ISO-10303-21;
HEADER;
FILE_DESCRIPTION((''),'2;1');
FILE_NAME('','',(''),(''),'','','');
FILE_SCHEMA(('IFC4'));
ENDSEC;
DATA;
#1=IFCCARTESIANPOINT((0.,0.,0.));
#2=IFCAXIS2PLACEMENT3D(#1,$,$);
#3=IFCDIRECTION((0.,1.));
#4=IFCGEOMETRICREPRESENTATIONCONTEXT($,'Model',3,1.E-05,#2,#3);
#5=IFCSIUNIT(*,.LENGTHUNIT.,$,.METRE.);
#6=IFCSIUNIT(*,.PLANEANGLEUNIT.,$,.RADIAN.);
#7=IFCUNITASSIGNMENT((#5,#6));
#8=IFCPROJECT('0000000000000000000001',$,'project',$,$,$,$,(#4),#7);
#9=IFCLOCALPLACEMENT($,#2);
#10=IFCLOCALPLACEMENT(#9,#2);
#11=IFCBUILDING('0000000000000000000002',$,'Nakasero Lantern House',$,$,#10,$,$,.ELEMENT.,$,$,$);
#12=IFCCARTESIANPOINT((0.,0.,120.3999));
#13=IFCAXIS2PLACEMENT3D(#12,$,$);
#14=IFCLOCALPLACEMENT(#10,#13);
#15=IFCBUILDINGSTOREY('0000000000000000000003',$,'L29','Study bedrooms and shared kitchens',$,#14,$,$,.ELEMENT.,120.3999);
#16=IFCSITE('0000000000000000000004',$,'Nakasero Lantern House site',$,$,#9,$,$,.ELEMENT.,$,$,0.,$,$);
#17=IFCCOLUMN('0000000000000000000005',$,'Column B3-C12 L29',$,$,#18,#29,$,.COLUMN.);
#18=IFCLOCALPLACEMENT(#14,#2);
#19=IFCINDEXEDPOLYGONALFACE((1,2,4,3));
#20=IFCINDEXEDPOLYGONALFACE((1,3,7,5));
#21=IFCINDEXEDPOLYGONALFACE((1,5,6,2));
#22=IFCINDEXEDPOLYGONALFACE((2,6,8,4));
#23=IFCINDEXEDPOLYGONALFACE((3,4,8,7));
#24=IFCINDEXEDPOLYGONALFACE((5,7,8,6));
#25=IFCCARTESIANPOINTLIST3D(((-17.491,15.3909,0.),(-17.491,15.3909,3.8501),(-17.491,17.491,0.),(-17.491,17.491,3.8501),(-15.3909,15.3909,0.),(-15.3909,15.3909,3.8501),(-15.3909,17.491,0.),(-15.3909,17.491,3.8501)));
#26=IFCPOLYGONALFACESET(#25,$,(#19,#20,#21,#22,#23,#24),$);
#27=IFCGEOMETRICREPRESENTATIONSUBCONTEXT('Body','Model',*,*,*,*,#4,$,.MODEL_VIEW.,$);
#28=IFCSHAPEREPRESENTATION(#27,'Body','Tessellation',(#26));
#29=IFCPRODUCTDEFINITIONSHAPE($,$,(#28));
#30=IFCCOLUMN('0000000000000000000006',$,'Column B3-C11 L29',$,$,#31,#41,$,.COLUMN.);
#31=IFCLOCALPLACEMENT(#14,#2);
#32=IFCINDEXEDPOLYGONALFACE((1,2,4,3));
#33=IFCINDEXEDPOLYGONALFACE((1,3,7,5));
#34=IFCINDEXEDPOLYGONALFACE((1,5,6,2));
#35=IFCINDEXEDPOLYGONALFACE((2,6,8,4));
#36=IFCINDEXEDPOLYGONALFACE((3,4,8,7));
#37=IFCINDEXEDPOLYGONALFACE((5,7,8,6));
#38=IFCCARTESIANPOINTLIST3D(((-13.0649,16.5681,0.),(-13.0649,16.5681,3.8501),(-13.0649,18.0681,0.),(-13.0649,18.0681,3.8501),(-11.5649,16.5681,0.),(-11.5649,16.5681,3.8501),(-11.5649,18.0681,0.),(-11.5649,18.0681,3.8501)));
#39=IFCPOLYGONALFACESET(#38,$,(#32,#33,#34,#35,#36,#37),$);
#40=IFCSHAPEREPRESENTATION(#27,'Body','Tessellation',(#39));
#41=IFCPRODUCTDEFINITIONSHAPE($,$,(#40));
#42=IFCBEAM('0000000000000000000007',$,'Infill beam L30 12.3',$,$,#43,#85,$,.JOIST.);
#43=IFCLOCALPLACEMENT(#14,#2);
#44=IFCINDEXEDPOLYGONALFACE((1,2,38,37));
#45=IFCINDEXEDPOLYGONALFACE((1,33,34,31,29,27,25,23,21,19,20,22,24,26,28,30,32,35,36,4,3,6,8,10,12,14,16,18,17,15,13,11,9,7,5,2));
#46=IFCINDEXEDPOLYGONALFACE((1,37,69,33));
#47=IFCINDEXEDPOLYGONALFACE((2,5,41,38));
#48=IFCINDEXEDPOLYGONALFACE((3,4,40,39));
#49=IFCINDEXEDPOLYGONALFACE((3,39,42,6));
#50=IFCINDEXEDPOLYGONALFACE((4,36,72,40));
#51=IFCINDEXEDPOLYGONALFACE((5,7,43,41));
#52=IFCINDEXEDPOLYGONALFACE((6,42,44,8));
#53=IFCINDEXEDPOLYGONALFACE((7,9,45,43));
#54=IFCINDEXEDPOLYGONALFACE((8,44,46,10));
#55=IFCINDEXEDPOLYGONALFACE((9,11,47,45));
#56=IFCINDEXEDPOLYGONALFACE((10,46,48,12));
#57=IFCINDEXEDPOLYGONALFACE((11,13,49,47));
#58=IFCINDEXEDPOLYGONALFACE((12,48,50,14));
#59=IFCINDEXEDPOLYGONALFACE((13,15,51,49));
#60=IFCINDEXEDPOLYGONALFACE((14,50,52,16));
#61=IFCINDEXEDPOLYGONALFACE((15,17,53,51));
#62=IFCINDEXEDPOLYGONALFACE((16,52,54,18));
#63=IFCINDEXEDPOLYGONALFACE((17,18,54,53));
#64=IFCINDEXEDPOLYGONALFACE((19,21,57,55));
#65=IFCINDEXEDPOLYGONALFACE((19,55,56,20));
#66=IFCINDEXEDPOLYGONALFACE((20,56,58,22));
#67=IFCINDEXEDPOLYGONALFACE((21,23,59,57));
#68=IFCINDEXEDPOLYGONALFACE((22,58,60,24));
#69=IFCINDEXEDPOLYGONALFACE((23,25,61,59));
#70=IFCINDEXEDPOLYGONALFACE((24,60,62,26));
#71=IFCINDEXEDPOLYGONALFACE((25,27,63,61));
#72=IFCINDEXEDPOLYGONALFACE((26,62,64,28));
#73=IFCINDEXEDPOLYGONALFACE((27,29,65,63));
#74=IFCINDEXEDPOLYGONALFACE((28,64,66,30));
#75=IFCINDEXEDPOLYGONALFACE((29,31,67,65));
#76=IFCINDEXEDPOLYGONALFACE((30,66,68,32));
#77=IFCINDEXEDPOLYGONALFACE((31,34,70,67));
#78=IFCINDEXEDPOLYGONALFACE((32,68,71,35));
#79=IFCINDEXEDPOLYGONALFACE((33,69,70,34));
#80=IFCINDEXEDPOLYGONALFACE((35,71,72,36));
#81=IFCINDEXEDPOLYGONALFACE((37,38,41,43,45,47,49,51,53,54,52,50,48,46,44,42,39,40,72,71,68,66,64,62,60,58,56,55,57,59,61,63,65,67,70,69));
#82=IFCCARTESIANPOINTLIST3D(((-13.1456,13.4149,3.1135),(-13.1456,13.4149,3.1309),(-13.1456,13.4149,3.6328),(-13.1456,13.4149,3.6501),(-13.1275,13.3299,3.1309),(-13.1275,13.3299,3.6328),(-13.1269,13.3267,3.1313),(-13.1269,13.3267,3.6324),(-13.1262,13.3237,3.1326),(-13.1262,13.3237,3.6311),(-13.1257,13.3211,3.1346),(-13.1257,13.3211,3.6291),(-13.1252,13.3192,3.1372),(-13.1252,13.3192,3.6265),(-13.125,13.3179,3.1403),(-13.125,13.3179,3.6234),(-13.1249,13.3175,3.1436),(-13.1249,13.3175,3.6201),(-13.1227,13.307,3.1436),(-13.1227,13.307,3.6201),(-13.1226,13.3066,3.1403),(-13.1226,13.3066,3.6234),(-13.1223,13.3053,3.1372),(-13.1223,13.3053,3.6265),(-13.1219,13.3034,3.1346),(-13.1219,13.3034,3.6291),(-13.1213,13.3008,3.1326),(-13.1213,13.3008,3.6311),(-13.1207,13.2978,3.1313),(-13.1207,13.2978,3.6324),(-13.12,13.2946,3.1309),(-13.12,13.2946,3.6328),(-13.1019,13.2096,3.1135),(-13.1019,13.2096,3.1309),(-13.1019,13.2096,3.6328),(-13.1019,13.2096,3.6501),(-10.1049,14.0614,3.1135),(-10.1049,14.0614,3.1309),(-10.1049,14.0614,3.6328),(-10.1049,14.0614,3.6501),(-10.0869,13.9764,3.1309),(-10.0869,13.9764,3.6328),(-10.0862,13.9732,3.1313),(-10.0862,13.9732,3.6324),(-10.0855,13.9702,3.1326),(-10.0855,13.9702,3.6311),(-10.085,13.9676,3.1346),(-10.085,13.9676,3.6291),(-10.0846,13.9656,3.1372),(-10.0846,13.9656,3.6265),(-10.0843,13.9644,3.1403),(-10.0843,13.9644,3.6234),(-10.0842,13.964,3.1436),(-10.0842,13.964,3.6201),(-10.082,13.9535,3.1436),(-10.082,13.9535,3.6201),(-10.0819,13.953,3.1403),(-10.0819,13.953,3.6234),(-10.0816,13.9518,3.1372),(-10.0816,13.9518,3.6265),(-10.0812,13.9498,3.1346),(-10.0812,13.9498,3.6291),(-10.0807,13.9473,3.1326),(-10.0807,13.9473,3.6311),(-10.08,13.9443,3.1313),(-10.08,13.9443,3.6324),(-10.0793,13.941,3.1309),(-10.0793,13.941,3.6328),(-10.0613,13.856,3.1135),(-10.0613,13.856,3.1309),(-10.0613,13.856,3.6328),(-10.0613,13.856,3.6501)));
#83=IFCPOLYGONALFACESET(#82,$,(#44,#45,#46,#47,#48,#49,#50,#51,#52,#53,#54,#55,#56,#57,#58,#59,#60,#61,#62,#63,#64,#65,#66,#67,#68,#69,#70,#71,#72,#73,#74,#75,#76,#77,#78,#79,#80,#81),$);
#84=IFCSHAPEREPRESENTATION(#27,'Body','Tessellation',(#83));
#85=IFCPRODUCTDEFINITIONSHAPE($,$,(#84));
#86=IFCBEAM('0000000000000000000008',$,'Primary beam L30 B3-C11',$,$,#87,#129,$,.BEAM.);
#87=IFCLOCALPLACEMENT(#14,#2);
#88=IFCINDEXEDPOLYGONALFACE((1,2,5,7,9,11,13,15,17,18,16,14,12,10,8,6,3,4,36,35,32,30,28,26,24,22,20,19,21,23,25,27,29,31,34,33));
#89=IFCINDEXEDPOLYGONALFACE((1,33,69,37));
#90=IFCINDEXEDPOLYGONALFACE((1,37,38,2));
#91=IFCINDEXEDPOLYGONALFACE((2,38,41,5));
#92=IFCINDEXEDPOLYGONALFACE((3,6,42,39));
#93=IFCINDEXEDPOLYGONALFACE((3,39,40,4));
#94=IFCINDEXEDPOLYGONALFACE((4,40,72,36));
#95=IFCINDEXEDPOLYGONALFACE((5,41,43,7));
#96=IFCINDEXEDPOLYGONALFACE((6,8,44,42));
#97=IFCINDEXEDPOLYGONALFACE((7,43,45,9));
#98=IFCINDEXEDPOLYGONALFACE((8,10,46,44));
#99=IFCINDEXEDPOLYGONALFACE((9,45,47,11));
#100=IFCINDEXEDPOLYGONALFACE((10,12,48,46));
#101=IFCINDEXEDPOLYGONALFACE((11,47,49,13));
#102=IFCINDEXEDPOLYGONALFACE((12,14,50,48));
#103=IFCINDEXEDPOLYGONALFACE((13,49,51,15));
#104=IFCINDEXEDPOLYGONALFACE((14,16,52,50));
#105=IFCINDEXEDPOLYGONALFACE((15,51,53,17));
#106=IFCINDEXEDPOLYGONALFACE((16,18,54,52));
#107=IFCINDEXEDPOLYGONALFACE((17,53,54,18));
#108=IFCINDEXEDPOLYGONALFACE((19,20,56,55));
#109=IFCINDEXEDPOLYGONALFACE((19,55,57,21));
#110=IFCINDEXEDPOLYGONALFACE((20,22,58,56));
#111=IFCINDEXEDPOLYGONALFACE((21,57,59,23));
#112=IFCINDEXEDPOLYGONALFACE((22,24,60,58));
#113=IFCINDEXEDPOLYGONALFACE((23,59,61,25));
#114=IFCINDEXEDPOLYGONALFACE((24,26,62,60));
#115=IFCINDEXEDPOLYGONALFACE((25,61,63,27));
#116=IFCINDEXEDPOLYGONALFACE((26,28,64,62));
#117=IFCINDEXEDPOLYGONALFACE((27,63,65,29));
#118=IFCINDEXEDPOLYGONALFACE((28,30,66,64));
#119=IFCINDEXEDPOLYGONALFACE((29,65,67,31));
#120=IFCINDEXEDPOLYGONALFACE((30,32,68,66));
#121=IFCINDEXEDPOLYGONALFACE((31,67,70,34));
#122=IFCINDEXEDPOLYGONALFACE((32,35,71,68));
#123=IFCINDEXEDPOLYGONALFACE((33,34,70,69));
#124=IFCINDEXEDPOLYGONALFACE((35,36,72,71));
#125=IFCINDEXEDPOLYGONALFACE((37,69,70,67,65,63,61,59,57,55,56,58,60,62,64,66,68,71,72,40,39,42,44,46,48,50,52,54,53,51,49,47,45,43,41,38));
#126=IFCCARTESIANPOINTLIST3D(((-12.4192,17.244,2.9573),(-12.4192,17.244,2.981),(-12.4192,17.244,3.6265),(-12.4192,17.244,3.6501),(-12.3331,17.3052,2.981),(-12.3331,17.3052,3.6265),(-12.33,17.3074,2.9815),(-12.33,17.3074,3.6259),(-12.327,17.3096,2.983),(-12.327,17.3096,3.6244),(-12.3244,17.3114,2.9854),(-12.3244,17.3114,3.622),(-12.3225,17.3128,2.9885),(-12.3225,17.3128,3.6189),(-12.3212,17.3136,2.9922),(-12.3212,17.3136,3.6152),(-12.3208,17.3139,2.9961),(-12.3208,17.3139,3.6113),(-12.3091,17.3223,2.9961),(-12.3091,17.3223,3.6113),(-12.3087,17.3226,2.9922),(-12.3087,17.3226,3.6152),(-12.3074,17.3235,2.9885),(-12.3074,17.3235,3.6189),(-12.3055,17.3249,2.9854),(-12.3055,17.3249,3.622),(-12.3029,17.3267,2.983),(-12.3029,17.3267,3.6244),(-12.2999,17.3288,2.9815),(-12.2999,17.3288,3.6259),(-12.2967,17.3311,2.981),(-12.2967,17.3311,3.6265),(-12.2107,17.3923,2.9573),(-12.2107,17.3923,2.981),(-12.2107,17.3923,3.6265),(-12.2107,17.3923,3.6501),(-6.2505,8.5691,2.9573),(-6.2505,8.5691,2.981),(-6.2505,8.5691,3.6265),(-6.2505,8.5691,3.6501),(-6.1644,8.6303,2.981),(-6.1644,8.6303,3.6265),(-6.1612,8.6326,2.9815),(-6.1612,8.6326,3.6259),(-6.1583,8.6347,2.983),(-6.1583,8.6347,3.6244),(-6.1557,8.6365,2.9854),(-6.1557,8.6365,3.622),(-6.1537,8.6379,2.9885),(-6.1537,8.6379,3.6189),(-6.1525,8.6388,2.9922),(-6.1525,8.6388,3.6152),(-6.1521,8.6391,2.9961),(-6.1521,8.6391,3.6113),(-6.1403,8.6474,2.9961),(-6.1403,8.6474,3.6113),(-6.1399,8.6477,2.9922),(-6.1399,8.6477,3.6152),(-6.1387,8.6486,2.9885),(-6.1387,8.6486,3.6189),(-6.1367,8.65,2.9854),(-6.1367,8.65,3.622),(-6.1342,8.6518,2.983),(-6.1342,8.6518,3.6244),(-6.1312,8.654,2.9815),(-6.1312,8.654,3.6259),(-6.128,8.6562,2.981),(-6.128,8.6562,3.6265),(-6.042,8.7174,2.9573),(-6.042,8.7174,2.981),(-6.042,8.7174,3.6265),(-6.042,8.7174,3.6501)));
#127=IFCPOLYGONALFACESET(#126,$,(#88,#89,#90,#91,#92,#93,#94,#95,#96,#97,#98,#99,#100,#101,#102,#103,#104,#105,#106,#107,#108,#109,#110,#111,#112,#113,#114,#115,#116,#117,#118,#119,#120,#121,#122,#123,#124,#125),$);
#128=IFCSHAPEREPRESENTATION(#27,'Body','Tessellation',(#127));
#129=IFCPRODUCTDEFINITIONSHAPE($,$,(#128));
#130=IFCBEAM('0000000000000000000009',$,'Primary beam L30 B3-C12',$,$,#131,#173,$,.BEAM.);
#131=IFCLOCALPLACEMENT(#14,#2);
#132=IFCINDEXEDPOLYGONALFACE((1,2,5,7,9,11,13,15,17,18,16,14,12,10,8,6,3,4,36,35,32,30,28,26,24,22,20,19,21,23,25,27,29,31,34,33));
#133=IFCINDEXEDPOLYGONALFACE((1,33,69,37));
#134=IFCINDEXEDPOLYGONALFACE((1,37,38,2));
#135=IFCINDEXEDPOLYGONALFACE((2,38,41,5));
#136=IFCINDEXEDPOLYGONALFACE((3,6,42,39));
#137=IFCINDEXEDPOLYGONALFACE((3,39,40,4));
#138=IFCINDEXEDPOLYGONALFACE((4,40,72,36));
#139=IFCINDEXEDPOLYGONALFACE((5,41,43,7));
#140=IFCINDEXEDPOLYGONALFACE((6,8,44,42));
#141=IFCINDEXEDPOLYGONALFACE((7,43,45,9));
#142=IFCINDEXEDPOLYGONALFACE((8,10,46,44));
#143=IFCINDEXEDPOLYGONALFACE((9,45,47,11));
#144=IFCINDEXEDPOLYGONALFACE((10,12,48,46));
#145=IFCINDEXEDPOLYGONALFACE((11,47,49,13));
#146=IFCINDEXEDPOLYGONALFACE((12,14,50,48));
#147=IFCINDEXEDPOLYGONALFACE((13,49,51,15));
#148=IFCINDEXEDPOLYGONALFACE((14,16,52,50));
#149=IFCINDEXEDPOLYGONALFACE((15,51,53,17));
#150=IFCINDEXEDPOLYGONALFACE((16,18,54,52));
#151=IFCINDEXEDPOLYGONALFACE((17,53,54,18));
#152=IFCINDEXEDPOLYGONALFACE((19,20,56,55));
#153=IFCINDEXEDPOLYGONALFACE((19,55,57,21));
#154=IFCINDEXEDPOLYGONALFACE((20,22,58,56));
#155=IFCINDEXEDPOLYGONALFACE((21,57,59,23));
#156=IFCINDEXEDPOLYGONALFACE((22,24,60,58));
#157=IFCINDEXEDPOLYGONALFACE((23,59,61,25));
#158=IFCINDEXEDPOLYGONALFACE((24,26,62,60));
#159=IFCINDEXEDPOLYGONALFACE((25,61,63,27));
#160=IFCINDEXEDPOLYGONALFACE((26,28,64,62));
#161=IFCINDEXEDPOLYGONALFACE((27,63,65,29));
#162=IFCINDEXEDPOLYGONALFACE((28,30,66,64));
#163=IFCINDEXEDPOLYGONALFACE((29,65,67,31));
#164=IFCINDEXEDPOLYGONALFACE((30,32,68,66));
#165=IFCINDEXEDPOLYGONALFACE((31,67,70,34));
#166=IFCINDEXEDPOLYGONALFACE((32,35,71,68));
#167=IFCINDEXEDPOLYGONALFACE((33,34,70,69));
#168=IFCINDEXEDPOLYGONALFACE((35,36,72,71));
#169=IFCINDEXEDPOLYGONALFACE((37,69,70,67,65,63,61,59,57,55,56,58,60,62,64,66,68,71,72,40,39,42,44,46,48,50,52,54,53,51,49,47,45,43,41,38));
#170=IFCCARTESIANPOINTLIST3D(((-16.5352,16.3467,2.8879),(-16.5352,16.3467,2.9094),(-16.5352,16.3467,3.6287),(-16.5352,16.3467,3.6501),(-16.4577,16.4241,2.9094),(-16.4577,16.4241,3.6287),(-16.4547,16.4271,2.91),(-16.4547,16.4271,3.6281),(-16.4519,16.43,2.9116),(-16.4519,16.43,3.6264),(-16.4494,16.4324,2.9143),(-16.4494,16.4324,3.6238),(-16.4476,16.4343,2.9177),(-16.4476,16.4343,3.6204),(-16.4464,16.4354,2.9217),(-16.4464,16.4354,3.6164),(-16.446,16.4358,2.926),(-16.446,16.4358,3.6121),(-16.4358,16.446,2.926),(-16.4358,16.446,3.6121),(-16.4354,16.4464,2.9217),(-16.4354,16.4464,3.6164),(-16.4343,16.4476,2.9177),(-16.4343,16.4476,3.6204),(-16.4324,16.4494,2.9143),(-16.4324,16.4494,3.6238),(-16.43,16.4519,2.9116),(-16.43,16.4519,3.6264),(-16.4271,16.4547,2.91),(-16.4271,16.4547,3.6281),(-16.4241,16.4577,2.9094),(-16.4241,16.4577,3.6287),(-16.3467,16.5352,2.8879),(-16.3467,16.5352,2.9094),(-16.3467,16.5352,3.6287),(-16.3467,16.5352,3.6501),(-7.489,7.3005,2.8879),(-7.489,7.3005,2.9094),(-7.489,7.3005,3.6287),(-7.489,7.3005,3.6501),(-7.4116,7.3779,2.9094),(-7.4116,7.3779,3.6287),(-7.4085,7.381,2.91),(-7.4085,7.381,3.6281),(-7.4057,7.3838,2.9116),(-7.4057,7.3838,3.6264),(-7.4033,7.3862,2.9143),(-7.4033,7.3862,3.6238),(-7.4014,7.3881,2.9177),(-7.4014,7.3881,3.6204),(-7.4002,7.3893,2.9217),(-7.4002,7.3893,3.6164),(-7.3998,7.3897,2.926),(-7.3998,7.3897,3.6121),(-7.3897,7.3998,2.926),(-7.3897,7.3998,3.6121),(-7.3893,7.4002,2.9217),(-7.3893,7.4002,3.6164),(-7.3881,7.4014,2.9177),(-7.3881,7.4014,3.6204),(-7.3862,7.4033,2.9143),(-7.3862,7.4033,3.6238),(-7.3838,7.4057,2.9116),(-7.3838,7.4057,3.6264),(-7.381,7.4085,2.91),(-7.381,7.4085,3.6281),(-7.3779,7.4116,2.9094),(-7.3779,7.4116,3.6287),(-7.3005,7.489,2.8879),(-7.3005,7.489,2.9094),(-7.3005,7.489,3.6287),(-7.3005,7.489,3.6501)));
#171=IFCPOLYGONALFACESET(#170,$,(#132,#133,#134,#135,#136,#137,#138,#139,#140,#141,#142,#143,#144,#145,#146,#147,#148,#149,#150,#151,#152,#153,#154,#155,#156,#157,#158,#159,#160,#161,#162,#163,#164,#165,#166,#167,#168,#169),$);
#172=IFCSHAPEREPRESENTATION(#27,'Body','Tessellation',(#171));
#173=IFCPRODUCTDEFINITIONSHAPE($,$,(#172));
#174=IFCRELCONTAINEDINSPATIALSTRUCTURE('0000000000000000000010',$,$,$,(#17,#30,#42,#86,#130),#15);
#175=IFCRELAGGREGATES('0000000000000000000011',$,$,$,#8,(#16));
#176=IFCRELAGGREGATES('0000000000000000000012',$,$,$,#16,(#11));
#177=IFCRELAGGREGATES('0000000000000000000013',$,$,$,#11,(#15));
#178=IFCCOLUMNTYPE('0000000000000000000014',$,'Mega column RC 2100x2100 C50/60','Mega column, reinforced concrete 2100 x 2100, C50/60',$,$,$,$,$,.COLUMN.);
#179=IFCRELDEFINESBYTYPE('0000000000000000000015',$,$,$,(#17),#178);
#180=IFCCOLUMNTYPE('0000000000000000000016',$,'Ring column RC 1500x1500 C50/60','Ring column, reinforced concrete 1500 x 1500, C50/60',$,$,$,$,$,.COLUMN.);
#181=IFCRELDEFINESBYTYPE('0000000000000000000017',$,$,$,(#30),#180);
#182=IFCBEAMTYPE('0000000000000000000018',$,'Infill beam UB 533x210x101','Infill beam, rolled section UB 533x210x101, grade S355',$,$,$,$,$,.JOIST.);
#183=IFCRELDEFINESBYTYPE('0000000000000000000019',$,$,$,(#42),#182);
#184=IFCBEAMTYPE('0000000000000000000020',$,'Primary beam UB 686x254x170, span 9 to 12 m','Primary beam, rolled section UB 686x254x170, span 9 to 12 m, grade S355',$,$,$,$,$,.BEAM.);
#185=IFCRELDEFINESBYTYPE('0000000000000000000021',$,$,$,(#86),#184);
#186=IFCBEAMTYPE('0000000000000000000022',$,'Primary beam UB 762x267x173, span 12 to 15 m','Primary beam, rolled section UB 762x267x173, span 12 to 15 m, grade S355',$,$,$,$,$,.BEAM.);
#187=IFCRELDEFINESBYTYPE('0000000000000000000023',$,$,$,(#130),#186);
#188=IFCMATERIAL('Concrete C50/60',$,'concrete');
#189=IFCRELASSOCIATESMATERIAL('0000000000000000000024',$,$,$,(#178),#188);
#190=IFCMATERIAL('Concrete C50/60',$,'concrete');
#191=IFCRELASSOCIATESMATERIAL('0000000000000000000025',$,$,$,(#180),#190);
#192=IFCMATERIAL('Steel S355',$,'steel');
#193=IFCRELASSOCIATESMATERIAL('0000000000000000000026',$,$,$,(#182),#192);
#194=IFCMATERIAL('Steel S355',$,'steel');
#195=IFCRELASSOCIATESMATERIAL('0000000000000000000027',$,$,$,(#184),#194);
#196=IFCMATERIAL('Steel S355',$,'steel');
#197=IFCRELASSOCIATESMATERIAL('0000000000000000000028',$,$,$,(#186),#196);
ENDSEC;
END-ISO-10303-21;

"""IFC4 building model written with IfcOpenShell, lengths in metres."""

from ifc_helpers import new_model, si_unit, direction, frame, origin, origin_2d, place, context, subcontext, project, spatial, rectangle, i_section, extrude, material, material_profile, profile_set, type_object, element, save


model = new_model("IFC4")

# Units and contexts
model_context = context("Model", 3, precision=1e-05, world=origin(), true_north=direction((0.0, 1.0)))
body_context = subcontext(model_context, "Body", "Model", "MODEL_VIEW")
ifc_project = project(units=[si_unit("LENGTHUNIT", "METRE"), si_unit("PLANEANGLEUNIT", "RADIAN")], contexts=[model_context])

# Site, building, storey
site_placement = place(None, origin())
site = spatial("IfcSite", under=ifc_project, at=site_placement, Name="Nakasero Lantern House site", CompositionType="ELEMENT", RefElevation=0.0)
building_placement = place(site_placement, origin())
building = spatial("IfcBuilding", under=site, at=building_placement, Name="Nakasero Lantern House", CompositionType="ELEMENT")
storey_placement = place(building_placement, frame((0.0, 0.0, 120.3999)))
storey = spatial("IfcBuildingStorey", under=building, at=storey_placement, Name="L29", Description="Study bedrooms and shared kitchens", CompositionType="ELEMENT", Elevation=120.3999)

# Columns
ifc_material_1 = material(Name="Concrete C50/60", Category="concrete")
ifc_material_profile_1 = material_profile(ifc_material_1, rectangle(XDim=2.1001, YDim=2.1001, at=origin_2d()), Name="RC 2100x2100")
ifc_profile_set_1 = profile_set([ifc_material_profile_1], Name="Concrete C50/60")
column_type_1 = type_object("IfcColumnType", Name="Mega column RC 2100x2100 C50/60", Description="Mega column, reinforced concrete 2100 x 2100, C50/60", PredefinedType="COLUMN", material=ifc_profile_set_1)
column_1_placement = place(storey_placement, frame((-16.4409, 16.4409, 0.0), z_axis=(0.0, 0.0, 1.0), x_axis=(1.0, 0.0, 0.0)))
element("IfcColumn", 1, at=column_1_placement, inside=storey, type_object=column_type_1, Name="Column B3-C12 L29", PredefinedType="COLUMN", context=body_context, shape_type="SweptSolid", body=[
    extrude(rectangle(XDim=2.1001, YDim=2.1001, at=origin_2d()), origin(), (0.0, 0.0, 1.0), 3.8501),
])
ifc_material_2 = material(Name="Concrete C50/60", Category="concrete")
ifc_material_profile_2 = material_profile(ifc_material_2, rectangle(XDim=1.5, YDim=1.5, at=origin_2d()), Name="RC 1500x1500")
ifc_profile_set_2 = profile_set([ifc_material_profile_2], Name="Concrete C50/60")
column_type_2 = type_object("IfcColumnType", Name="Ring column RC 1500x1500 C50/60", Description="Ring column, reinforced concrete 1500 x 1500, C50/60", PredefinedType="COLUMN", material=ifc_profile_set_2)
column_2_placement = place(storey_placement, frame((-12.3149, 17.3181, 0.0), z_axis=(0.0, 0.0, 1.0), x_axis=(1.0, 0.0, 0.0)))
element("IfcColumn", 2, at=column_2_placement, inside=storey, type_object=column_type_2, Name="Column B3-C11 L29", PredefinedType="COLUMN", context=body_context, shape_type="SweptSolid", body=[
    extrude(rectangle(XDim=1.5, YDim=1.5, at=origin_2d()), origin(), (0.0, 0.0, 1.0), 3.8501),
])

# Beams
ifc_material_3 = material(Name="Steel S355", Category="steel")
ifc_material_profile_3 = material_profile(ifc_material_3, i_section(OverallWidth=0.21, OverallDepth=0.5366, WebThickness=0.0107, FlangeThickness=0.0173, FilletRadius=0.0127, at=origin_2d()), Name="UB 533x210x101")
ifc_profile_set_3 = profile_set([ifc_material_profile_3], Name="Steel S355")
beam_type_1 = type_object("IfcBeamType", Name="Infill beam UB 533x210x101", Description="Infill beam, rolled section UB 533x210x101, grade S355", PredefinedType="JOIST", material=ifc_profile_set_3)
beam_1_placement = place(storey_placement, frame((-13.1238, 13.3123, 3.3818), z_axis=(0.978138, 0.207957, 0.0), x_axis=(-0.207957, 0.978138, 0.0)))
element("IfcBeam", 3, at=beam_1_placement, inside=storey, type_object=beam_type_1, Name="Infill beam L30 12.3", PredefinedType="JOIST", context=body_context, shape_type="SweptSolid", body=[
    extrude(i_section(OverallWidth=0.21, OverallDepth=0.5366, WebThickness=0.0107, FlangeThickness=0.0173, FilletRadius=0.0127, at=origin_2d()), origin(), (0.0, 0.0, 1.0), 3.1086),
])
ifc_material_4 = material(Name="Steel S355", Category="steel")
ifc_material_profile_4 = material_profile(ifc_material_4, i_section(OverallWidth=0.2559, OverallDepth=0.6929, WebThickness=0.0144, FlangeThickness=0.0237, FilletRadius=0.0151, at=origin_2d()), Name="UB 686x254x170")
ifc_profile_set_4 = profile_set([ifc_material_profile_4], Name="Steel S355")
beam_type_2 = type_object("IfcBeamType", Name="Primary beam UB 686x254x170, span 9 to 12 m", Description="Primary beam, rolled section UB 686x254x170, span 9 to 12 m, grade S355", PredefinedType="BEAM", material=ifc_profile_set_4)
beam_2_placement = place(storey_placement, frame((-12.3149, 17.3181, 3.3037), z_axis=(0.579521, -0.814957, 0.0), x_axis=(0.814957, 0.579521, 0.0)))
element("IfcBeam", 4, at=beam_2_placement, inside=storey, type_object=beam_type_2, Name="Primary beam L30 B3-C11", PredefinedType="BEAM", context=body_context, shape_type="SweptSolid", body=[
    extrude(i_section(OverallWidth=0.2559, OverallDepth=0.6929, WebThickness=0.0144, FlangeThickness=0.0237, FilletRadius=0.0151, at=origin_2d()), origin(), (0.0, 0.0, 1.0), 10.6445),
])
ifc_material_5 = material(Name="Steel S355", Category="steel")
ifc_material_profile_5 = material_profile(ifc_material_5, i_section(OverallWidth=0.2666, OverallDepth=0.7622, WebThickness=0.0144, FlangeThickness=0.0215, FilletRadius=0.0166, at=origin_2d()), Name="UB 762x267x173")
ifc_profile_set_5 = profile_set([ifc_material_profile_5], Name="Steel S355")
beam_type_3 = type_object("IfcBeamType", Name="Primary beam UB 762x267x173, span 12 to 15 m", Description="Primary beam, rolled section UB 762x267x173, span 12 to 15 m, grade S355", PredefinedType="BEAM", material=ifc_profile_set_5)
beam_3_placement = place(storey_placement, frame((-16.4409, 16.4409, 3.269), z_axis=(0.707107, -0.707107, 0.0), x_axis=(0.707107, 0.707107, 0.0)))
element("IfcBeam", 5, at=beam_3_placement, inside=storey, type_object=beam_type_3, Name="Primary beam L30 B3-C12", PredefinedType="BEAM", context=body_context, shape_type="SweptSolid", body=[
    extrude(i_section(OverallWidth=0.2666, OverallDepth=0.7622, WebThickness=0.0144, FlangeThickness=0.0215, FilletRadius=0.0166, at=origin_2d()), origin(), (0.0, 0.0, 1.0), 12.7932),
])

save(model, "model.ifc")
